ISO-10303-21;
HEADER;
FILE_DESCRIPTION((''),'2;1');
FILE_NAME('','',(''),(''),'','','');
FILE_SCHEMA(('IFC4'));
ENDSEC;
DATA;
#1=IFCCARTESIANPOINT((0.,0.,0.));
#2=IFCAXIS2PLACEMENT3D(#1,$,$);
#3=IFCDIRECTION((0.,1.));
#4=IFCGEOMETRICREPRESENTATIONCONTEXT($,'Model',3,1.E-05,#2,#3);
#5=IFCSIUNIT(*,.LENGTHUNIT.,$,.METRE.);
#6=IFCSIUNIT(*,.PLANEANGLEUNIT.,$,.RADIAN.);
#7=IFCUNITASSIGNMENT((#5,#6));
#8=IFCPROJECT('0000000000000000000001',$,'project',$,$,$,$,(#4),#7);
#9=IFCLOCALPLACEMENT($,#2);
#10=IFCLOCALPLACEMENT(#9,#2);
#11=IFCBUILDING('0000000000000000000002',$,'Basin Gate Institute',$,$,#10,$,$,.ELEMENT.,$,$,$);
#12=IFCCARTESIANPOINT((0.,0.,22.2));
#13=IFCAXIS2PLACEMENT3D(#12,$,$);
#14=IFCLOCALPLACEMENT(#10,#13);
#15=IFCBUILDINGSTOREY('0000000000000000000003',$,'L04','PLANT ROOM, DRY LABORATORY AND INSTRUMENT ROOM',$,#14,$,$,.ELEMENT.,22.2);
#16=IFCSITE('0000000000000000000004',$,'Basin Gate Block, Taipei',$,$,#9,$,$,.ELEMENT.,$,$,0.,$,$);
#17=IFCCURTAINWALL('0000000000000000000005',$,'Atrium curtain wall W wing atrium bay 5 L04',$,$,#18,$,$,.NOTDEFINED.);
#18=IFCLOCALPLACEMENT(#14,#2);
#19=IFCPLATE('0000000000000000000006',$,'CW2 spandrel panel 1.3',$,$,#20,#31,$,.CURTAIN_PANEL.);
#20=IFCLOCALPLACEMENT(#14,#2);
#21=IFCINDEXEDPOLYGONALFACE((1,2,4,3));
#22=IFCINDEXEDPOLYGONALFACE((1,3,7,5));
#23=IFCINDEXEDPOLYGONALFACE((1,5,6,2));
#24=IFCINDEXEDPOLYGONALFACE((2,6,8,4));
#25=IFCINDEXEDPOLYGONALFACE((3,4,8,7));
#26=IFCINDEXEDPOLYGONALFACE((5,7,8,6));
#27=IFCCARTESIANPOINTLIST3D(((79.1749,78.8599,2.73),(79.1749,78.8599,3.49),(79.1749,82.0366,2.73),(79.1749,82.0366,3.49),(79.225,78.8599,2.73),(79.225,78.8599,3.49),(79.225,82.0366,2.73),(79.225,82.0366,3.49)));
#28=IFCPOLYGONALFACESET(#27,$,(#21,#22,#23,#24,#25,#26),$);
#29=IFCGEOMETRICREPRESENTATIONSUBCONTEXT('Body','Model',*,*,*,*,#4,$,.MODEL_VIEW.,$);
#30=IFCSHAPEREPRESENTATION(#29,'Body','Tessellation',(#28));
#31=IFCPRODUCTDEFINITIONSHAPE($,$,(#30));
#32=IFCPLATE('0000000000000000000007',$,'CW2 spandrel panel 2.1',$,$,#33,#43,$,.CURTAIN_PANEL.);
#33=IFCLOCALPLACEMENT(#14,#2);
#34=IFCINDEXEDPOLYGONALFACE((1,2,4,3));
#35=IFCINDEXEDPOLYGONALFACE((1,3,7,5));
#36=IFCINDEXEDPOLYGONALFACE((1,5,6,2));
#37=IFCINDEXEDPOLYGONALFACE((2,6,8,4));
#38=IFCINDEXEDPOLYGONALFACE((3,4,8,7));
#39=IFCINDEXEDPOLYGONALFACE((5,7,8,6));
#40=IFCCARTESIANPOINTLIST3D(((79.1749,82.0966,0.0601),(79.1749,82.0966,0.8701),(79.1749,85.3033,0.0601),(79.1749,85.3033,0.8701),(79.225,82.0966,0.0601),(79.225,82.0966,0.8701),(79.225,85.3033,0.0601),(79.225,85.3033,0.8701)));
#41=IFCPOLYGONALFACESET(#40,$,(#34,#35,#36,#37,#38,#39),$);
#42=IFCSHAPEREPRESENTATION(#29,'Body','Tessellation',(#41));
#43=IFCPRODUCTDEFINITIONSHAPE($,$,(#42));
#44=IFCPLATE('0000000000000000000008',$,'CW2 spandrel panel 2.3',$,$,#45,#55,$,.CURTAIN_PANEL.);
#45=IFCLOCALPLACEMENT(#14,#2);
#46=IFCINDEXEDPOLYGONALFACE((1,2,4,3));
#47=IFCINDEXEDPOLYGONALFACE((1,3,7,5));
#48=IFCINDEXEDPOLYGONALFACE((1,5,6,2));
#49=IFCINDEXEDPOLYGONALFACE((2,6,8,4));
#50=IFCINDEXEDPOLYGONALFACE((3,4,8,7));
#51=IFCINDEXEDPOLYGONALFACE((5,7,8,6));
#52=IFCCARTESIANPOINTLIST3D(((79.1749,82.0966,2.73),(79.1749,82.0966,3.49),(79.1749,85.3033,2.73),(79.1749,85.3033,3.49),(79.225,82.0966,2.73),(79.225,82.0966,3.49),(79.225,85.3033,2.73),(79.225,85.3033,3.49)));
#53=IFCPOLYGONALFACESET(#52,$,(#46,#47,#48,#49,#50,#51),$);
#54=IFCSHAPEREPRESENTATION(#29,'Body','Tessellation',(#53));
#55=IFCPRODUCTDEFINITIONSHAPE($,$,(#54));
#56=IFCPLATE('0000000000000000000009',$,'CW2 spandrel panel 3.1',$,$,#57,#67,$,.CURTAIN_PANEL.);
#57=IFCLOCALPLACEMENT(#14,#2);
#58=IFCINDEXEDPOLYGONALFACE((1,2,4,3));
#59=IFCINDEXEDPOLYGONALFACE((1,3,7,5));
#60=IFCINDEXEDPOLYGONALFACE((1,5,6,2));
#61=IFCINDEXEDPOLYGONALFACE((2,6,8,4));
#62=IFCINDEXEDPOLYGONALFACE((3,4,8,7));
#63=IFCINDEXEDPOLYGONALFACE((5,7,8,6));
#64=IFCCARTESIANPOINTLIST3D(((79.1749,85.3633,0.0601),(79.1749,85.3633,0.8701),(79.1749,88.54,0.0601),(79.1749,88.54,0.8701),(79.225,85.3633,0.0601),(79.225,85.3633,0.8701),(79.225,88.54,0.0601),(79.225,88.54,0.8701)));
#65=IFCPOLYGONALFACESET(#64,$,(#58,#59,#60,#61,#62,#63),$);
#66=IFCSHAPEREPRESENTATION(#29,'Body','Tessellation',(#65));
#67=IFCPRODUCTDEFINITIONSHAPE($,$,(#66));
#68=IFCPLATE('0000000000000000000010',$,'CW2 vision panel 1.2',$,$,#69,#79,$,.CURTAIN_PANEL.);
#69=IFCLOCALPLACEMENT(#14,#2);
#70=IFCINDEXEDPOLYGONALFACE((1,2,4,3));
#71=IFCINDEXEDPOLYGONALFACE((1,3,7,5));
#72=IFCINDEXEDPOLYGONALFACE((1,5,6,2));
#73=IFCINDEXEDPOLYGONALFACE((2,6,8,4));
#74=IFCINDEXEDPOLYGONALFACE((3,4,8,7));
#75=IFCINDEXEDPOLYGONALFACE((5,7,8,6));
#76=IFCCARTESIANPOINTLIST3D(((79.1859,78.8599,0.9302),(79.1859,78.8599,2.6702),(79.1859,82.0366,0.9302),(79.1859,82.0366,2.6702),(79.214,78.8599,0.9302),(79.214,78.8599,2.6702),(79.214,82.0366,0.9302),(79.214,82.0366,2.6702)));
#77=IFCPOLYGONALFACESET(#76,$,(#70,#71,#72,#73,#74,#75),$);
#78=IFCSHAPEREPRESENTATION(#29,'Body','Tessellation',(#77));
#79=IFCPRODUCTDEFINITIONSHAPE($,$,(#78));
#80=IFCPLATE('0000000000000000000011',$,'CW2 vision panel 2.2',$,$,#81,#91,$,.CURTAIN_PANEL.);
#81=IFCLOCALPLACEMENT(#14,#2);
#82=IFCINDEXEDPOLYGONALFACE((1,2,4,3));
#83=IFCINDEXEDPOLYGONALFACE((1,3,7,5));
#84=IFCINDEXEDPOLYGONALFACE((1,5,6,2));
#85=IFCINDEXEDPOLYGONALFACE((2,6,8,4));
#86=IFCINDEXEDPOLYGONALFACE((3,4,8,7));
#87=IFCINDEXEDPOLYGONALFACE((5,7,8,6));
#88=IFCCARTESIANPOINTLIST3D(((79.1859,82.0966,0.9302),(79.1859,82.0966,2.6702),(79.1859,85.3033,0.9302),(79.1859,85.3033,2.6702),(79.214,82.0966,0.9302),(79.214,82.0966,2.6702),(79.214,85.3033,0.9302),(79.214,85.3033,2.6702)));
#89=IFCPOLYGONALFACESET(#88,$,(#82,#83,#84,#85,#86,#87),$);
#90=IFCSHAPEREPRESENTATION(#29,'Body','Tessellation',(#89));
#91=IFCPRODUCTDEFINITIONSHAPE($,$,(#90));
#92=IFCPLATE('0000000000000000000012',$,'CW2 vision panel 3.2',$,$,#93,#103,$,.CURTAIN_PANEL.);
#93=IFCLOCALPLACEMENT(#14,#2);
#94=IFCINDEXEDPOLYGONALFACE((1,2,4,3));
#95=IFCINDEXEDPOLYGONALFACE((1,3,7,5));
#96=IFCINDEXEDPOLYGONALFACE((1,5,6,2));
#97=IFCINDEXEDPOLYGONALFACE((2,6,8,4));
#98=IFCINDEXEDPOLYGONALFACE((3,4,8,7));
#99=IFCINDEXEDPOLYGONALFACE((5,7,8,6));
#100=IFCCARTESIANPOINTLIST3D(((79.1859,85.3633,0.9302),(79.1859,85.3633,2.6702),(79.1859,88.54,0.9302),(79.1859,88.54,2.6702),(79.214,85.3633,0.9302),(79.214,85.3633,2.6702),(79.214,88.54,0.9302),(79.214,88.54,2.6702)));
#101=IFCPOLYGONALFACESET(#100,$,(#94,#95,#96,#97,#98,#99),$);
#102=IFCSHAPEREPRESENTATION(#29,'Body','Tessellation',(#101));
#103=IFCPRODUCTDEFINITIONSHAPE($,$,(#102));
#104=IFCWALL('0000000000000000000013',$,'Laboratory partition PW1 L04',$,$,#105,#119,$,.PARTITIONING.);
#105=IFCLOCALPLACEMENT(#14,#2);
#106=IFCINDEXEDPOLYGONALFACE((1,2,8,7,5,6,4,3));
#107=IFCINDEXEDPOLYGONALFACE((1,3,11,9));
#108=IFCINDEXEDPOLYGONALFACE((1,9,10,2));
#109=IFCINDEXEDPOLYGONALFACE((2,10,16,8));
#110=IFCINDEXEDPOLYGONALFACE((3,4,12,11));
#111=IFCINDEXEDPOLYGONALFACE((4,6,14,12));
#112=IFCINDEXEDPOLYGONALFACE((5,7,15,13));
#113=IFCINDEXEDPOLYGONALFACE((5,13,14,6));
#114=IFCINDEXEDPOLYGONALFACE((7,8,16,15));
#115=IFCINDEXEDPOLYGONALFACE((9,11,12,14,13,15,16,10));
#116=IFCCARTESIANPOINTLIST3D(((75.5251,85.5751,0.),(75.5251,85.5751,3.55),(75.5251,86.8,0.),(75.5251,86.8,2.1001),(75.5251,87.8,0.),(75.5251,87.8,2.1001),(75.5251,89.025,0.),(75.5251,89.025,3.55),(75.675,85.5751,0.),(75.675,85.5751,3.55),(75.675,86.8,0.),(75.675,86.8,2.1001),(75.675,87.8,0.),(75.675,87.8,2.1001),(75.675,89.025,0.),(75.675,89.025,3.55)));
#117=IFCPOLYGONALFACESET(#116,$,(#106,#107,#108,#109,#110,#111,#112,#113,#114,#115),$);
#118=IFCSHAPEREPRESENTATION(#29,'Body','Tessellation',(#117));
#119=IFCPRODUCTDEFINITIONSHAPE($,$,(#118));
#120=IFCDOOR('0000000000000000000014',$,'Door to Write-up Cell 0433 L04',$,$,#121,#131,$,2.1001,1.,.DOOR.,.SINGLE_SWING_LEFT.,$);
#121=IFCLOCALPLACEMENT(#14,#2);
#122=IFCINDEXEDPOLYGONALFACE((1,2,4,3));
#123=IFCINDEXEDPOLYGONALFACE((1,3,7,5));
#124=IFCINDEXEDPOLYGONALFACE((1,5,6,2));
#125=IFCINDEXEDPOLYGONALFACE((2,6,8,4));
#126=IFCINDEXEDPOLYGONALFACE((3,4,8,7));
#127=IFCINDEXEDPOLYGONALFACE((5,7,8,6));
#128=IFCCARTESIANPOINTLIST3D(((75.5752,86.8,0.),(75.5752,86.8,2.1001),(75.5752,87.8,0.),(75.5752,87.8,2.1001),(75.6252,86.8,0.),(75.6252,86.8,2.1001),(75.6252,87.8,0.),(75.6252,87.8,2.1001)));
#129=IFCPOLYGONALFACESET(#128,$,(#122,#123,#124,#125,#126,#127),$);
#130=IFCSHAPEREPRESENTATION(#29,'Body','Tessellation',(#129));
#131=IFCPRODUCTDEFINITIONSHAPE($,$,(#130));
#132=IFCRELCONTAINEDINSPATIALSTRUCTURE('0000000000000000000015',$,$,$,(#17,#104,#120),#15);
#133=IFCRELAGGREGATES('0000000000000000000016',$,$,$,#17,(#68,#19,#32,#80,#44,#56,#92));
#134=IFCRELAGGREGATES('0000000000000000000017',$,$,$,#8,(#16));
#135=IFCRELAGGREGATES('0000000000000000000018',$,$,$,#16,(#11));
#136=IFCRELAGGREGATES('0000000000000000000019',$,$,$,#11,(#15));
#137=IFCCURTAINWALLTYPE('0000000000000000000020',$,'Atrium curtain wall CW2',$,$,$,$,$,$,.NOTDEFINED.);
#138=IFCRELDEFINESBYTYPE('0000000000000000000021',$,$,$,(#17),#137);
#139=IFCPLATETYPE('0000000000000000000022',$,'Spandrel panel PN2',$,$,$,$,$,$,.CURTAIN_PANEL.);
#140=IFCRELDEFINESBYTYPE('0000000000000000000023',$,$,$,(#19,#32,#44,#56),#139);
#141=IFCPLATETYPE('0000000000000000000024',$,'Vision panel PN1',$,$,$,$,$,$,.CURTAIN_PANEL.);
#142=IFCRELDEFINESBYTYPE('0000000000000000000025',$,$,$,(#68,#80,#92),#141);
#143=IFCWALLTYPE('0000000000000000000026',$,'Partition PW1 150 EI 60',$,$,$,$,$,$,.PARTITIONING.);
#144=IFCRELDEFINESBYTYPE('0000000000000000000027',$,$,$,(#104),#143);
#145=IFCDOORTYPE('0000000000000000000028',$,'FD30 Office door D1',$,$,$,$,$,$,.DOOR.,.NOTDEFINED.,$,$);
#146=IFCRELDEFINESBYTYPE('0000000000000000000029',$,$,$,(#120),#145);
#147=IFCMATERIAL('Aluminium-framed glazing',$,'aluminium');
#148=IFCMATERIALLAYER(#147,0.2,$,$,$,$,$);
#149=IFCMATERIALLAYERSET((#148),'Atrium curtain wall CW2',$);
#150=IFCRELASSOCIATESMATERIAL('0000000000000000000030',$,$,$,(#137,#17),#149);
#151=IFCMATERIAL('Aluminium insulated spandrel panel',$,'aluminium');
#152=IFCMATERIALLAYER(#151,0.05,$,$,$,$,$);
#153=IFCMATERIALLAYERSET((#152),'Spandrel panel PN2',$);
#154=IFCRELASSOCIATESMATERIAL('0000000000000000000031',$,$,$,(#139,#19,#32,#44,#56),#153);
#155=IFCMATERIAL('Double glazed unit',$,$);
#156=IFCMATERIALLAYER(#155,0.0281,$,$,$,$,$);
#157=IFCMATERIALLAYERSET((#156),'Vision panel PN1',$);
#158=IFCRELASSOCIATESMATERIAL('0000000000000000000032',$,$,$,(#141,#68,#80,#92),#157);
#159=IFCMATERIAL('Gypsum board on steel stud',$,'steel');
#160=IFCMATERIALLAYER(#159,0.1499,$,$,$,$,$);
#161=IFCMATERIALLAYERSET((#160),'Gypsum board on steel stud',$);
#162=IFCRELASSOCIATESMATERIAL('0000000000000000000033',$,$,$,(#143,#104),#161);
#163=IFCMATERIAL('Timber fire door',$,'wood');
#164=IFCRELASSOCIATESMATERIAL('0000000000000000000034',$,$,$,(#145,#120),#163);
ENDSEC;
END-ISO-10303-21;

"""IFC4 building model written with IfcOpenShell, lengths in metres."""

from ifc_helpers import new_model, si_unit, direction, frame, frame_2d, origin, origin_2d, place, context, subcontext, project, spatial, rectangle, extrude, material, layer, layer_set, type_object, element, fill, aggregate, save


model = new_model("IFC4")

# Units and contexts
model_context = context("Model", 3, precision=1e-05, world=origin(), true_north=direction((0.0, 1.0)))
body_context = subcontext(model_context, "Body", "Model", "MODEL_VIEW")
ifc_project = project(units=[si_unit("LENGTHUNIT", "METRE"), si_unit("PLANEANGLEUNIT", "RADIAN")], contexts=[model_context])

# Site, building, storey
site_placement = place(None, origin())
site = spatial("IfcSite", under=ifc_project, at=site_placement, Name="Basin Gate Block, Taipei", CompositionType="ELEMENT", RefElevation=0.0)
building_placement = place(site_placement, origin())
building = spatial("IfcBuilding", under=site, at=building_placement, Name="Basin Gate Institute", CompositionType="ELEMENT")
storey_placement = place(building_placement, frame((0.0, 0.0, 22.2)))
storey = spatial("IfcBuildingStorey", under=building, at=storey_placement, Name="L04", Description="PLANT ROOM, DRY LABORATORY AND INSTRUMENT ROOM", CompositionType="ELEMENT", Elevation=22.2)

# Curtain wall
ifc_material_1 = material(Name="Aluminium-framed glazing", Category="aluminium")
ifc_layer_1 = layer(ifc_material_1, 0.2)
ifc_layer_set_1 = layer_set([ifc_layer_1], Name="Atrium curtain wall CW2")
curtain_wall_type = type_object("IfcCurtainWallType", Name="Atrium curtain wall CW2", PredefinedType="NOTDEFINED", material=ifc_layer_set_1)
curtain_wall_placement = place(storey_placement, origin())
curtain_wall = element("IfcCurtainWall", 1, at=curtain_wall_placement, inside=storey, type_object=curtain_wall_type, material=ifc_layer_set_1, Name="Atrium curtain wall W wing atrium bay 5 L04", PredefinedType="NOTDEFINED")

# Plates
ifc_material_2 = material(Name="Aluminium insulated spandrel panel", Category="aluminium")
ifc_layer_2 = layer(ifc_material_2, 0.05)
ifc_layer_set_2 = layer_set([ifc_layer_2], Name="Spandrel panel PN2")
plate_type_1 = type_object("IfcPlateType", Name="Spandrel panel PN2", PredefinedType="CURTAIN_PANEL", material=ifc_layer_set_2)
plate_1_placement = place(storey_placement, frame((79.2, 80.4482, 2.73), z_axis=(0.0, 0.0, 1.0), x_axis=(0.0, 1.0, 0.0)))
plate_1 = element("IfcPlate", 2, at=plate_1_placement, type_object=plate_type_1, material=ifc_layer_set_2, Name="CW2 spandrel panel 1.3", PredefinedType="CURTAIN_PANEL", context=body_context, shape_type="SweptSolid", body=[
    extrude(rectangle(XDim=3.1768, YDim=0.05, at=origin_2d()), origin(), (0.0, 0.0, 1.0), 0.76),
])
plate_2_placement = place(storey_placement, frame((79.2, 83.7, 0.0601), z_axis=(0.0, 0.0, 1.0), x_axis=(0.0, 1.0, 0.0)))
plate_2 = element("IfcPlate", 3, at=plate_2_placement, type_object=plate_type_1, material=ifc_layer_set_2, Name="CW2 spandrel panel 2.1", PredefinedType="CURTAIN_PANEL", context=body_context, shape_type="SweptSolid", body=[
    extrude(rectangle(XDim=3.2068, YDim=0.05, at=origin_2d()), origin(), (0.0, 0.0, 1.0), 0.8101),
])
plate_3_placement = place(storey_placement, frame((79.2, 83.7, 2.73), z_axis=(0.0, 0.0, 1.0), x_axis=(0.0, 1.0, 0.0)))
plate_3 = element("IfcPlate", 4, at=plate_3_placement, type_object=plate_type_1, material=ifc_layer_set_2, Name="CW2 spandrel panel 2.3", PredefinedType="CURTAIN_PANEL", context=body_context, shape_type="SweptSolid", body=[
    extrude(rectangle(XDim=3.2068, YDim=0.05, at=origin_2d()), origin(), (0.0, 0.0, 1.0), 0.76),
])
plate_4_placement = place(storey_placement, frame((79.2, 86.9517, 0.0601), z_axis=(0.0, 0.0, 1.0), x_axis=(0.0, 1.0, 0.0)))
plate_4 = element("IfcPlate", 5, at=plate_4_placement, type_object=plate_type_1, material=ifc_layer_set_2, Name="CW2 spandrel panel 3.1", PredefinedType="CURTAIN_PANEL", context=body_context, shape_type="SweptSolid", body=[
    extrude(rectangle(XDim=3.1768, YDim=0.05, at=origin_2d()), origin(), (0.0, 0.0, 1.0), 0.8101),
])
ifc_material_3 = material(Name="Double glazed unit")
ifc_layer_3 = layer(ifc_material_3, 0.0281)
ifc_layer_set_3 = layer_set([ifc_layer_3], Name="Vision panel PN1")
plate_type_2 = type_object("IfcPlateType", Name="Vision panel PN1", PredefinedType="CURTAIN_PANEL", material=ifc_layer_set_3)
plate_5_placement = place(storey_placement, frame((79.2, 80.4482, 0.9302), z_axis=(0.0, 0.0, 1.0), x_axis=(0.0, 1.0, 0.0)))
plate_5 = element("IfcPlate", 6, at=plate_5_placement, type_object=plate_type_2, material=ifc_layer_set_3, Name="CW2 vision panel 1.2", PredefinedType="CURTAIN_PANEL", context=body_context, shape_type="SweptSolid", body=[
    extrude(rectangle(XDim=3.1768, YDim=0.0281, at=origin_2d()), origin(), (0.0, 0.0, 1.0), 1.74),
])
plate_6_placement = place(storey_placement, frame((79.2, 83.7, 0.9302), z_axis=(0.0, 0.0, 1.0), x_axis=(0.0, 1.0, 0.0)))
plate_6 = element("IfcPlate", 7, at=plate_6_placement, type_object=plate_type_2, material=ifc_layer_set_3, Name="CW2 vision panel 2.2", PredefinedType="CURTAIN_PANEL", context=body_context, shape_type="SweptSolid", body=[
    extrude(rectangle(XDim=3.2068, YDim=0.0281, at=origin_2d()), origin(), (0.0, 0.0, 1.0), 1.74),
])
plate_7_placement = place(storey_placement, frame((79.2, 86.9517, 0.9302), z_axis=(0.0, 0.0, 1.0), x_axis=(0.0, 1.0, 0.0)))
plate_7 = element("IfcPlate", 8, at=plate_7_placement, type_object=plate_type_2, material=ifc_layer_set_3, Name="CW2 vision panel 3.2", PredefinedType="CURTAIN_PANEL", context=body_context, shape_type="SweptSolid", body=[
    extrude(rectangle(XDim=3.1768, YDim=0.0281, at=origin_2d()), origin(), (0.0, 0.0, 1.0), 1.74),
])
aggregate(curtain_wall, [plate_5, plate_1, plate_2, plate_6, plate_3, plate_4, plate_7])

# Wall, opening, door
ifc_material_4 = material(Name="Gypsum board on steel stud", Category="steel")
ifc_layer_4 = layer(ifc_material_4, 0.1499)
ifc_layer_set_4 = layer_set([ifc_layer_4], Name="Gypsum board on steel stud")
wall_type = type_object("IfcWallType", Name="Partition PW1 150 EI 60", PredefinedType="PARTITIONING", material=ifc_layer_set_4)
wall_placement = place(storey_placement, frame((75.6001, 85.575, 0.0), z_axis=(0.0, 0.0, 1.0), x_axis=(0.0, 1.0, 0.0)))
wall = element("IfcWall", 9, at=wall_placement, inside=storey, type_object=wall_type, material=ifc_layer_set_4, Name="Laboratory partition PW1 L04", PredefinedType="PARTITIONING", context=body_context, shape_type="SweptSolid", body=[
    extrude(rectangle(XDim=3.45, YDim=0.1499, at=frame_2d((1.7251, 0.0))), origin(), (0.0, 0.0, 1.0), 3.55),
])
opening_placement = place(wall_placement, frame((1.2251, 0.0, 0.0)))
opening = element("IfcOpeningElement", 10, at=opening_placement, cuts=wall, PredefinedType="OPENING", context=body_context, shape_type="SweptSolid", body=[
    extrude(rectangle(XDim=1.0, YDim=2.1001, at=frame_2d((0.5, 1.05))), frame((0.0, 0.085, 0.0), z_axis=(0.0, -1.0, 0.0), x_axis=(1.0, 0.0, 0.0)), (0.0, 0.0, 1.0), 0.1699),
])
ifc_material_5 = material(Name="Timber fire door", Category="wood")
door_type = type_object("IfcDoorType", Name="FD30 Office door D1", OperationType="NOTDEFINED", PredefinedType="DOOR", material=ifc_material_5)
door_placement = place(opening_placement, origin())
door = element("IfcDoor", 11, at=door_placement, inside=storey, type_object=door_type, material=ifc_material_5, Name="Door to Write-up Cell 0433 L04", OperationType="SINGLE_SWING_LEFT", OverallHeight=2.1001, OverallWidth=1.0, PredefinedType="DOOR", context=body_context, shape_type="SweptSolid", body=[
    extrude(rectangle(XDim=1.0, YDim=2.1001, at=frame_2d((0.5, 1.05))), frame((0.0, 0.0249, 0.0), z_axis=(0.0, -1.0, 0.0), x_axis=(1.0, 0.0, 0.0)), (0.0, 0.0, 1.0), 0.05),
])
fill(opening, door)

save(model, "model.ifc")
